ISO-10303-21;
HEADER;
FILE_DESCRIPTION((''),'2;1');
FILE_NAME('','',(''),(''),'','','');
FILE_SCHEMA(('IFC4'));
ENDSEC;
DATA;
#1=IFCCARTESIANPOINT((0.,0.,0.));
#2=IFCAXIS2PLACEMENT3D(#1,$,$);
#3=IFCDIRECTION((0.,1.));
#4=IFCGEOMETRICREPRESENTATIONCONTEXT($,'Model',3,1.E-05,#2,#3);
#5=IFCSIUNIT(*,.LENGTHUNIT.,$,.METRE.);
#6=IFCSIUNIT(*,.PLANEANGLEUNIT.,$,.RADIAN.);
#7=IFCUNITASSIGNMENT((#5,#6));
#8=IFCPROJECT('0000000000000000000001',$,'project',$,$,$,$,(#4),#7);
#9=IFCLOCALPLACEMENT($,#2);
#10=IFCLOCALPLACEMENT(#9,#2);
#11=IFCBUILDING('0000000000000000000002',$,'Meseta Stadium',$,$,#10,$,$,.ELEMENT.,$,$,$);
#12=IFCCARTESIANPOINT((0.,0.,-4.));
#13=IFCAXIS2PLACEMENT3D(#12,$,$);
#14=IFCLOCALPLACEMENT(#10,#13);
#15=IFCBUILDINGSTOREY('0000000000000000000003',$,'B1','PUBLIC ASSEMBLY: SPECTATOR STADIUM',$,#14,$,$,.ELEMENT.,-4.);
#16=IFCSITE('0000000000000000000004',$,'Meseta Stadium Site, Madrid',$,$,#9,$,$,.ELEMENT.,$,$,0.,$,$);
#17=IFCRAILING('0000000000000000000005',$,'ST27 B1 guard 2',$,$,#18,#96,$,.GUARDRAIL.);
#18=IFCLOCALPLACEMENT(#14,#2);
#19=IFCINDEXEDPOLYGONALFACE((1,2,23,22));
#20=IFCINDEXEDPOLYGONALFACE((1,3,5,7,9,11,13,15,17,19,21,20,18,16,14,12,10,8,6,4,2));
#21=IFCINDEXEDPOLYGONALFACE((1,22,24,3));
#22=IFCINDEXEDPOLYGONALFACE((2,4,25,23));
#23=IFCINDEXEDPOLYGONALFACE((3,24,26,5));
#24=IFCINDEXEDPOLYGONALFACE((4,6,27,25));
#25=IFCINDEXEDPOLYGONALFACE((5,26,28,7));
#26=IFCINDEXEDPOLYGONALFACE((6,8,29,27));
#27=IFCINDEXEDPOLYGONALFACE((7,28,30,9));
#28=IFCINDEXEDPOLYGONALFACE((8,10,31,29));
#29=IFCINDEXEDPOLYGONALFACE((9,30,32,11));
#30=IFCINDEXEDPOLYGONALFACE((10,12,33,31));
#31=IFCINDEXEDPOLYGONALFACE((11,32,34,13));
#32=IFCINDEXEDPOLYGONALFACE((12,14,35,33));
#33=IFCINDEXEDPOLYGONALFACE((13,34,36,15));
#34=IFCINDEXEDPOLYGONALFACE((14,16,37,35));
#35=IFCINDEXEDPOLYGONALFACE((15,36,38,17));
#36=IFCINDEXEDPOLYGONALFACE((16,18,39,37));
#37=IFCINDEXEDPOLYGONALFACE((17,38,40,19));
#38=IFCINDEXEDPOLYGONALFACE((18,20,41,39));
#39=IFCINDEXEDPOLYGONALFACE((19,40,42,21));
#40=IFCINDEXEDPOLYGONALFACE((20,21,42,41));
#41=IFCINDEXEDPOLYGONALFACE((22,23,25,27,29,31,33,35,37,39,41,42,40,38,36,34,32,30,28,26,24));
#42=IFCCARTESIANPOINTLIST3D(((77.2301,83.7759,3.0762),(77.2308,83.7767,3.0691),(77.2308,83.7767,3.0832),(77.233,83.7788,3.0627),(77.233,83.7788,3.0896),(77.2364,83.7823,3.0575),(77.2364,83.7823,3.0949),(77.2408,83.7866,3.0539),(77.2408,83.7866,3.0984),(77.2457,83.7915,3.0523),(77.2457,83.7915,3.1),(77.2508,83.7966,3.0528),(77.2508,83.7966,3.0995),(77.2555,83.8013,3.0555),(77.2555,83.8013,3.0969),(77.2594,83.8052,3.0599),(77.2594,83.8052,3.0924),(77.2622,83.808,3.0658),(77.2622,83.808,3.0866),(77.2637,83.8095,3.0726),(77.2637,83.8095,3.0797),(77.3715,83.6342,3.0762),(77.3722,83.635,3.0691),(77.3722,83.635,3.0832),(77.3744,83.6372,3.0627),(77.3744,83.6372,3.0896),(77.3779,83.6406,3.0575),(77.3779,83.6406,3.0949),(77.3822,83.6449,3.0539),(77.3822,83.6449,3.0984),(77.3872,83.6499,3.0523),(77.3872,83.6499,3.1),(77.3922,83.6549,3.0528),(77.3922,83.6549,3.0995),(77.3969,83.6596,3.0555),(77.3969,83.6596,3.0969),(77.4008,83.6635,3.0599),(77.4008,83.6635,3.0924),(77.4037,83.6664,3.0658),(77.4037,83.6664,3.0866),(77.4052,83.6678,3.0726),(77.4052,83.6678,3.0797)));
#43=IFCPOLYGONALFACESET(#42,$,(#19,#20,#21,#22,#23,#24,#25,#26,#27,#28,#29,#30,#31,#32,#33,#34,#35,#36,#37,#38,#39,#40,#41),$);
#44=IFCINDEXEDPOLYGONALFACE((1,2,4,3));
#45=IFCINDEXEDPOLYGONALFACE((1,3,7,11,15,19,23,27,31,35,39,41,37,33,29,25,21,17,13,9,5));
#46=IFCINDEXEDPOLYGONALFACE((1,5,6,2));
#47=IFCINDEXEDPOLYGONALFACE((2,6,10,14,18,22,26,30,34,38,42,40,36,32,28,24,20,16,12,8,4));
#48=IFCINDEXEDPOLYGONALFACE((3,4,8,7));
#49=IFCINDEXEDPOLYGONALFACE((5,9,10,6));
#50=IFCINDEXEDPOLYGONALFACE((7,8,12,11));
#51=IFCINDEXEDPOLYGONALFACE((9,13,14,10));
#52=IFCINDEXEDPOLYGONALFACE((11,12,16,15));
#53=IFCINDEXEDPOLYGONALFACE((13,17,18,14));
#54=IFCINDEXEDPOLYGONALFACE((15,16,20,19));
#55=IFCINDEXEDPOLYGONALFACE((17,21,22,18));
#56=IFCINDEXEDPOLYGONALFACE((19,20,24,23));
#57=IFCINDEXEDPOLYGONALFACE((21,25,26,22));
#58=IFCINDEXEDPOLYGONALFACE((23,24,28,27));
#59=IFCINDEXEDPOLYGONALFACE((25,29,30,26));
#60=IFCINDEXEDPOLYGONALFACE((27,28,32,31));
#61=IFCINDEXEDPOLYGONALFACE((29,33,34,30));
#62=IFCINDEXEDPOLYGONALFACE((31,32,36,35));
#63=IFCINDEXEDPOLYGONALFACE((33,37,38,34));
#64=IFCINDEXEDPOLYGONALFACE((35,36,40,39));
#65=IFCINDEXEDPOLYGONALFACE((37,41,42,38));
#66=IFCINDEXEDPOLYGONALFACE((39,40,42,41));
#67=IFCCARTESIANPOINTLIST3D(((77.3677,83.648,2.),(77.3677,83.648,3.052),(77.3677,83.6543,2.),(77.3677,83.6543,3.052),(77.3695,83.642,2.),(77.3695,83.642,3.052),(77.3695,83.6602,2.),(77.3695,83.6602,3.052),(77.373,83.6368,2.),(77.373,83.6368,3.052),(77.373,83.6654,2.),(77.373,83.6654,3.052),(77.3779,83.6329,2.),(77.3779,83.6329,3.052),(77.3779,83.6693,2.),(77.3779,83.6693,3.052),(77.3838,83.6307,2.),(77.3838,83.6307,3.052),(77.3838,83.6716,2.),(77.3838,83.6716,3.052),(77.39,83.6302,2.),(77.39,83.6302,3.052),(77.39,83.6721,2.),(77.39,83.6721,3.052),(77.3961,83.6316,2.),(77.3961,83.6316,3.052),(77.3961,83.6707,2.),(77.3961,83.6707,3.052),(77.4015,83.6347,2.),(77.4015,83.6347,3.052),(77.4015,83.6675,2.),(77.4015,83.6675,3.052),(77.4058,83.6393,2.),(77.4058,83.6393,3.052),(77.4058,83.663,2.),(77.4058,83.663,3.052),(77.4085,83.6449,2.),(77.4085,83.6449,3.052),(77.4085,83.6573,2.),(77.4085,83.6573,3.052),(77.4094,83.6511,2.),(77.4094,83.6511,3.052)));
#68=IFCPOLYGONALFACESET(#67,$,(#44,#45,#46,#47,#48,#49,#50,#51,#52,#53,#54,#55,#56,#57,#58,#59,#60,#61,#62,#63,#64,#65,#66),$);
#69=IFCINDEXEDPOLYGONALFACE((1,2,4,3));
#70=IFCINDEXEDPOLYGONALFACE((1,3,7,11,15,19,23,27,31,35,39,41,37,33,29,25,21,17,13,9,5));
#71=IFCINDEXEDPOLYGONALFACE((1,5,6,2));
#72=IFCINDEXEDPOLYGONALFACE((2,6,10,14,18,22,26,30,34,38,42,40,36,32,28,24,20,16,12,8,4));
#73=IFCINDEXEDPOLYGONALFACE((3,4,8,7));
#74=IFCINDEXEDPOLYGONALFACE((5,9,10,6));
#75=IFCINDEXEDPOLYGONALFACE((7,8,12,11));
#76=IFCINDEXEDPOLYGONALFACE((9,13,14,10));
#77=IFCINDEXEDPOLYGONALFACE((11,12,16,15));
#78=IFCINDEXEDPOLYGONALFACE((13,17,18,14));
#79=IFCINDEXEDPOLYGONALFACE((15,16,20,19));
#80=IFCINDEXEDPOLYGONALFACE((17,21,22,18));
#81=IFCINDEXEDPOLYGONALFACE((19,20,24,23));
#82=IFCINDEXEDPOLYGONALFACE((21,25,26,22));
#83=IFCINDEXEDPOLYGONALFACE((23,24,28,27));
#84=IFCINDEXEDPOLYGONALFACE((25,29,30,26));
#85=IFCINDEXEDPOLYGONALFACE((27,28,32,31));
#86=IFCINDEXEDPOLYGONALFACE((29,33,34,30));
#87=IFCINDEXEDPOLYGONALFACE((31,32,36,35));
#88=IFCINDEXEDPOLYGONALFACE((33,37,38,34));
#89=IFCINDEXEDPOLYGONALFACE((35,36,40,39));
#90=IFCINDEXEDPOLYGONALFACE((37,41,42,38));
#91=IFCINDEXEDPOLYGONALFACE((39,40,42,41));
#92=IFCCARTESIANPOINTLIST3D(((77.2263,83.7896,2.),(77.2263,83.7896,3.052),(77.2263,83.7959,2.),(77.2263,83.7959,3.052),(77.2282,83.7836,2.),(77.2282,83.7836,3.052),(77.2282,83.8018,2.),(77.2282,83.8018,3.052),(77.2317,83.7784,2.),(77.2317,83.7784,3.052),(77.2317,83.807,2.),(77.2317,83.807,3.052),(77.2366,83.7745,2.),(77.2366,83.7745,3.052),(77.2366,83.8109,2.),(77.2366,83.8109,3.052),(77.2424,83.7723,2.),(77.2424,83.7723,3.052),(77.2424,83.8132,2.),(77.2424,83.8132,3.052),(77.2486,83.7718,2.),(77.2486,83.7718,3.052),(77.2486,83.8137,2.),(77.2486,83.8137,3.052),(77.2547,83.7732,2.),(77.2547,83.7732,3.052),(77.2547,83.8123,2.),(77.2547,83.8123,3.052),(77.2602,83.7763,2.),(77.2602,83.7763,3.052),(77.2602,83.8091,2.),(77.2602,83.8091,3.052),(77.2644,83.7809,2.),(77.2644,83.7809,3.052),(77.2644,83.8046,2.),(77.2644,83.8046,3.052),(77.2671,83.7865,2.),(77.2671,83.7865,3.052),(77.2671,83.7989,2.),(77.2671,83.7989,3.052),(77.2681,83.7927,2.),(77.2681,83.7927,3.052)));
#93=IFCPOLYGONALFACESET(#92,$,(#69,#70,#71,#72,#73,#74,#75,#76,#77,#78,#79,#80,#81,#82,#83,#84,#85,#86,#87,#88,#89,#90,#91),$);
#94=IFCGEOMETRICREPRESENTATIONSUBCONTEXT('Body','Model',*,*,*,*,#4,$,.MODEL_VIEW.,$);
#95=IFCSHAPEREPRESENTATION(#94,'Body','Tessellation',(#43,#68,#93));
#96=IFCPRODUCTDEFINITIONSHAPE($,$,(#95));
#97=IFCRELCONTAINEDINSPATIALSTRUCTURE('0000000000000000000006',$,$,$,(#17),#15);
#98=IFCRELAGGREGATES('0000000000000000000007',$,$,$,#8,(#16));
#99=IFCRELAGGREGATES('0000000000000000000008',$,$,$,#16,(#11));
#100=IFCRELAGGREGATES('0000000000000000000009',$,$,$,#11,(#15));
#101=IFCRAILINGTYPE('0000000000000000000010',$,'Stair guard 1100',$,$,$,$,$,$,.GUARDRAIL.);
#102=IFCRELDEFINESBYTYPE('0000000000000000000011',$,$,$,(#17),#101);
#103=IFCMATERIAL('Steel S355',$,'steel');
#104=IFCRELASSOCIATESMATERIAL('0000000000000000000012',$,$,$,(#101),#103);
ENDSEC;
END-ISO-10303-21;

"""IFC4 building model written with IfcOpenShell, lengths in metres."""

from ifc_helpers import new_model, si_unit, direction, frame, origin, origin_2d, place, context, subcontext, project, spatial, circle, extrude, material, type_object, element, save


model = new_model("IFC4")

# Units and contexts
model_context = context("Model", 3, precision=1e-05, world=origin(), true_north=direction((0.0, 1.0)))
body_context = subcontext(model_context, "Body", "Model", "MODEL_VIEW")
ifc_project = project(units=[si_unit("LENGTHUNIT", "METRE"), si_unit("PLANEANGLEUNIT", "RADIAN")], contexts=[model_context])

# Site, building, storey
site_placement = place(None, origin())
site = spatial("IfcSite", under=ifc_project, at=site_placement, Name="Meseta Stadium Site, Madrid", CompositionType="ELEMENT", RefElevation=0.0)
building_placement = place(site_placement, origin())
building = spatial("IfcBuilding", under=site, at=building_placement, Name="Meseta Stadium", CompositionType="ELEMENT")
storey_placement = place(building_placement, frame((0.0, 0.0, -4.0)))
storey = spatial("IfcBuildingStorey", under=building, at=storey_placement, Name="B1", Description="PUBLIC ASSEMBLY: SPECTATOR STADIUM", CompositionType="ELEMENT", Elevation=-4.0)

# Railing
ifc_material_1 = material(Name="Steel S355", Category="steel")
railing_type_1 = type_object("IfcRailingType", Name="Stair guard 1100", PredefinedType="GUARDRAIL", material=ifc_material_1)
railing_1_placement = place(storey_placement, frame((77.3884, 83.6511, 2.0)))
element("IfcRailing", 1, at=railing_1_placement, inside=storey, type_object=railing_type_1, Name="ST27 B1 guard 2", PredefinedType="GUARDRAIL", context=body_context, shape_type="SweptSolid", body=[
    extrude(circle(Radius=0.0239, at=origin_2d()), frame((0.0, 0.0, 1.0762), z_axis=(-0.706496, 0.707717, 0.0), x_axis=(-0.707717, -0.706496, 0.0)), (0.0, 0.0, 1.0), 0.2002),
    extrude(circle(Radius=0.021, at=origin_2d()), origin(), (0.0, 0.0, 1.0), 1.052),
    extrude(circle(Radius=0.021, at=origin_2d()), frame((-0.1414, 0.1416, 0.0)), (0.0, 0.0, 1.0), 1.052),
])

save(model, "model.ifc")
